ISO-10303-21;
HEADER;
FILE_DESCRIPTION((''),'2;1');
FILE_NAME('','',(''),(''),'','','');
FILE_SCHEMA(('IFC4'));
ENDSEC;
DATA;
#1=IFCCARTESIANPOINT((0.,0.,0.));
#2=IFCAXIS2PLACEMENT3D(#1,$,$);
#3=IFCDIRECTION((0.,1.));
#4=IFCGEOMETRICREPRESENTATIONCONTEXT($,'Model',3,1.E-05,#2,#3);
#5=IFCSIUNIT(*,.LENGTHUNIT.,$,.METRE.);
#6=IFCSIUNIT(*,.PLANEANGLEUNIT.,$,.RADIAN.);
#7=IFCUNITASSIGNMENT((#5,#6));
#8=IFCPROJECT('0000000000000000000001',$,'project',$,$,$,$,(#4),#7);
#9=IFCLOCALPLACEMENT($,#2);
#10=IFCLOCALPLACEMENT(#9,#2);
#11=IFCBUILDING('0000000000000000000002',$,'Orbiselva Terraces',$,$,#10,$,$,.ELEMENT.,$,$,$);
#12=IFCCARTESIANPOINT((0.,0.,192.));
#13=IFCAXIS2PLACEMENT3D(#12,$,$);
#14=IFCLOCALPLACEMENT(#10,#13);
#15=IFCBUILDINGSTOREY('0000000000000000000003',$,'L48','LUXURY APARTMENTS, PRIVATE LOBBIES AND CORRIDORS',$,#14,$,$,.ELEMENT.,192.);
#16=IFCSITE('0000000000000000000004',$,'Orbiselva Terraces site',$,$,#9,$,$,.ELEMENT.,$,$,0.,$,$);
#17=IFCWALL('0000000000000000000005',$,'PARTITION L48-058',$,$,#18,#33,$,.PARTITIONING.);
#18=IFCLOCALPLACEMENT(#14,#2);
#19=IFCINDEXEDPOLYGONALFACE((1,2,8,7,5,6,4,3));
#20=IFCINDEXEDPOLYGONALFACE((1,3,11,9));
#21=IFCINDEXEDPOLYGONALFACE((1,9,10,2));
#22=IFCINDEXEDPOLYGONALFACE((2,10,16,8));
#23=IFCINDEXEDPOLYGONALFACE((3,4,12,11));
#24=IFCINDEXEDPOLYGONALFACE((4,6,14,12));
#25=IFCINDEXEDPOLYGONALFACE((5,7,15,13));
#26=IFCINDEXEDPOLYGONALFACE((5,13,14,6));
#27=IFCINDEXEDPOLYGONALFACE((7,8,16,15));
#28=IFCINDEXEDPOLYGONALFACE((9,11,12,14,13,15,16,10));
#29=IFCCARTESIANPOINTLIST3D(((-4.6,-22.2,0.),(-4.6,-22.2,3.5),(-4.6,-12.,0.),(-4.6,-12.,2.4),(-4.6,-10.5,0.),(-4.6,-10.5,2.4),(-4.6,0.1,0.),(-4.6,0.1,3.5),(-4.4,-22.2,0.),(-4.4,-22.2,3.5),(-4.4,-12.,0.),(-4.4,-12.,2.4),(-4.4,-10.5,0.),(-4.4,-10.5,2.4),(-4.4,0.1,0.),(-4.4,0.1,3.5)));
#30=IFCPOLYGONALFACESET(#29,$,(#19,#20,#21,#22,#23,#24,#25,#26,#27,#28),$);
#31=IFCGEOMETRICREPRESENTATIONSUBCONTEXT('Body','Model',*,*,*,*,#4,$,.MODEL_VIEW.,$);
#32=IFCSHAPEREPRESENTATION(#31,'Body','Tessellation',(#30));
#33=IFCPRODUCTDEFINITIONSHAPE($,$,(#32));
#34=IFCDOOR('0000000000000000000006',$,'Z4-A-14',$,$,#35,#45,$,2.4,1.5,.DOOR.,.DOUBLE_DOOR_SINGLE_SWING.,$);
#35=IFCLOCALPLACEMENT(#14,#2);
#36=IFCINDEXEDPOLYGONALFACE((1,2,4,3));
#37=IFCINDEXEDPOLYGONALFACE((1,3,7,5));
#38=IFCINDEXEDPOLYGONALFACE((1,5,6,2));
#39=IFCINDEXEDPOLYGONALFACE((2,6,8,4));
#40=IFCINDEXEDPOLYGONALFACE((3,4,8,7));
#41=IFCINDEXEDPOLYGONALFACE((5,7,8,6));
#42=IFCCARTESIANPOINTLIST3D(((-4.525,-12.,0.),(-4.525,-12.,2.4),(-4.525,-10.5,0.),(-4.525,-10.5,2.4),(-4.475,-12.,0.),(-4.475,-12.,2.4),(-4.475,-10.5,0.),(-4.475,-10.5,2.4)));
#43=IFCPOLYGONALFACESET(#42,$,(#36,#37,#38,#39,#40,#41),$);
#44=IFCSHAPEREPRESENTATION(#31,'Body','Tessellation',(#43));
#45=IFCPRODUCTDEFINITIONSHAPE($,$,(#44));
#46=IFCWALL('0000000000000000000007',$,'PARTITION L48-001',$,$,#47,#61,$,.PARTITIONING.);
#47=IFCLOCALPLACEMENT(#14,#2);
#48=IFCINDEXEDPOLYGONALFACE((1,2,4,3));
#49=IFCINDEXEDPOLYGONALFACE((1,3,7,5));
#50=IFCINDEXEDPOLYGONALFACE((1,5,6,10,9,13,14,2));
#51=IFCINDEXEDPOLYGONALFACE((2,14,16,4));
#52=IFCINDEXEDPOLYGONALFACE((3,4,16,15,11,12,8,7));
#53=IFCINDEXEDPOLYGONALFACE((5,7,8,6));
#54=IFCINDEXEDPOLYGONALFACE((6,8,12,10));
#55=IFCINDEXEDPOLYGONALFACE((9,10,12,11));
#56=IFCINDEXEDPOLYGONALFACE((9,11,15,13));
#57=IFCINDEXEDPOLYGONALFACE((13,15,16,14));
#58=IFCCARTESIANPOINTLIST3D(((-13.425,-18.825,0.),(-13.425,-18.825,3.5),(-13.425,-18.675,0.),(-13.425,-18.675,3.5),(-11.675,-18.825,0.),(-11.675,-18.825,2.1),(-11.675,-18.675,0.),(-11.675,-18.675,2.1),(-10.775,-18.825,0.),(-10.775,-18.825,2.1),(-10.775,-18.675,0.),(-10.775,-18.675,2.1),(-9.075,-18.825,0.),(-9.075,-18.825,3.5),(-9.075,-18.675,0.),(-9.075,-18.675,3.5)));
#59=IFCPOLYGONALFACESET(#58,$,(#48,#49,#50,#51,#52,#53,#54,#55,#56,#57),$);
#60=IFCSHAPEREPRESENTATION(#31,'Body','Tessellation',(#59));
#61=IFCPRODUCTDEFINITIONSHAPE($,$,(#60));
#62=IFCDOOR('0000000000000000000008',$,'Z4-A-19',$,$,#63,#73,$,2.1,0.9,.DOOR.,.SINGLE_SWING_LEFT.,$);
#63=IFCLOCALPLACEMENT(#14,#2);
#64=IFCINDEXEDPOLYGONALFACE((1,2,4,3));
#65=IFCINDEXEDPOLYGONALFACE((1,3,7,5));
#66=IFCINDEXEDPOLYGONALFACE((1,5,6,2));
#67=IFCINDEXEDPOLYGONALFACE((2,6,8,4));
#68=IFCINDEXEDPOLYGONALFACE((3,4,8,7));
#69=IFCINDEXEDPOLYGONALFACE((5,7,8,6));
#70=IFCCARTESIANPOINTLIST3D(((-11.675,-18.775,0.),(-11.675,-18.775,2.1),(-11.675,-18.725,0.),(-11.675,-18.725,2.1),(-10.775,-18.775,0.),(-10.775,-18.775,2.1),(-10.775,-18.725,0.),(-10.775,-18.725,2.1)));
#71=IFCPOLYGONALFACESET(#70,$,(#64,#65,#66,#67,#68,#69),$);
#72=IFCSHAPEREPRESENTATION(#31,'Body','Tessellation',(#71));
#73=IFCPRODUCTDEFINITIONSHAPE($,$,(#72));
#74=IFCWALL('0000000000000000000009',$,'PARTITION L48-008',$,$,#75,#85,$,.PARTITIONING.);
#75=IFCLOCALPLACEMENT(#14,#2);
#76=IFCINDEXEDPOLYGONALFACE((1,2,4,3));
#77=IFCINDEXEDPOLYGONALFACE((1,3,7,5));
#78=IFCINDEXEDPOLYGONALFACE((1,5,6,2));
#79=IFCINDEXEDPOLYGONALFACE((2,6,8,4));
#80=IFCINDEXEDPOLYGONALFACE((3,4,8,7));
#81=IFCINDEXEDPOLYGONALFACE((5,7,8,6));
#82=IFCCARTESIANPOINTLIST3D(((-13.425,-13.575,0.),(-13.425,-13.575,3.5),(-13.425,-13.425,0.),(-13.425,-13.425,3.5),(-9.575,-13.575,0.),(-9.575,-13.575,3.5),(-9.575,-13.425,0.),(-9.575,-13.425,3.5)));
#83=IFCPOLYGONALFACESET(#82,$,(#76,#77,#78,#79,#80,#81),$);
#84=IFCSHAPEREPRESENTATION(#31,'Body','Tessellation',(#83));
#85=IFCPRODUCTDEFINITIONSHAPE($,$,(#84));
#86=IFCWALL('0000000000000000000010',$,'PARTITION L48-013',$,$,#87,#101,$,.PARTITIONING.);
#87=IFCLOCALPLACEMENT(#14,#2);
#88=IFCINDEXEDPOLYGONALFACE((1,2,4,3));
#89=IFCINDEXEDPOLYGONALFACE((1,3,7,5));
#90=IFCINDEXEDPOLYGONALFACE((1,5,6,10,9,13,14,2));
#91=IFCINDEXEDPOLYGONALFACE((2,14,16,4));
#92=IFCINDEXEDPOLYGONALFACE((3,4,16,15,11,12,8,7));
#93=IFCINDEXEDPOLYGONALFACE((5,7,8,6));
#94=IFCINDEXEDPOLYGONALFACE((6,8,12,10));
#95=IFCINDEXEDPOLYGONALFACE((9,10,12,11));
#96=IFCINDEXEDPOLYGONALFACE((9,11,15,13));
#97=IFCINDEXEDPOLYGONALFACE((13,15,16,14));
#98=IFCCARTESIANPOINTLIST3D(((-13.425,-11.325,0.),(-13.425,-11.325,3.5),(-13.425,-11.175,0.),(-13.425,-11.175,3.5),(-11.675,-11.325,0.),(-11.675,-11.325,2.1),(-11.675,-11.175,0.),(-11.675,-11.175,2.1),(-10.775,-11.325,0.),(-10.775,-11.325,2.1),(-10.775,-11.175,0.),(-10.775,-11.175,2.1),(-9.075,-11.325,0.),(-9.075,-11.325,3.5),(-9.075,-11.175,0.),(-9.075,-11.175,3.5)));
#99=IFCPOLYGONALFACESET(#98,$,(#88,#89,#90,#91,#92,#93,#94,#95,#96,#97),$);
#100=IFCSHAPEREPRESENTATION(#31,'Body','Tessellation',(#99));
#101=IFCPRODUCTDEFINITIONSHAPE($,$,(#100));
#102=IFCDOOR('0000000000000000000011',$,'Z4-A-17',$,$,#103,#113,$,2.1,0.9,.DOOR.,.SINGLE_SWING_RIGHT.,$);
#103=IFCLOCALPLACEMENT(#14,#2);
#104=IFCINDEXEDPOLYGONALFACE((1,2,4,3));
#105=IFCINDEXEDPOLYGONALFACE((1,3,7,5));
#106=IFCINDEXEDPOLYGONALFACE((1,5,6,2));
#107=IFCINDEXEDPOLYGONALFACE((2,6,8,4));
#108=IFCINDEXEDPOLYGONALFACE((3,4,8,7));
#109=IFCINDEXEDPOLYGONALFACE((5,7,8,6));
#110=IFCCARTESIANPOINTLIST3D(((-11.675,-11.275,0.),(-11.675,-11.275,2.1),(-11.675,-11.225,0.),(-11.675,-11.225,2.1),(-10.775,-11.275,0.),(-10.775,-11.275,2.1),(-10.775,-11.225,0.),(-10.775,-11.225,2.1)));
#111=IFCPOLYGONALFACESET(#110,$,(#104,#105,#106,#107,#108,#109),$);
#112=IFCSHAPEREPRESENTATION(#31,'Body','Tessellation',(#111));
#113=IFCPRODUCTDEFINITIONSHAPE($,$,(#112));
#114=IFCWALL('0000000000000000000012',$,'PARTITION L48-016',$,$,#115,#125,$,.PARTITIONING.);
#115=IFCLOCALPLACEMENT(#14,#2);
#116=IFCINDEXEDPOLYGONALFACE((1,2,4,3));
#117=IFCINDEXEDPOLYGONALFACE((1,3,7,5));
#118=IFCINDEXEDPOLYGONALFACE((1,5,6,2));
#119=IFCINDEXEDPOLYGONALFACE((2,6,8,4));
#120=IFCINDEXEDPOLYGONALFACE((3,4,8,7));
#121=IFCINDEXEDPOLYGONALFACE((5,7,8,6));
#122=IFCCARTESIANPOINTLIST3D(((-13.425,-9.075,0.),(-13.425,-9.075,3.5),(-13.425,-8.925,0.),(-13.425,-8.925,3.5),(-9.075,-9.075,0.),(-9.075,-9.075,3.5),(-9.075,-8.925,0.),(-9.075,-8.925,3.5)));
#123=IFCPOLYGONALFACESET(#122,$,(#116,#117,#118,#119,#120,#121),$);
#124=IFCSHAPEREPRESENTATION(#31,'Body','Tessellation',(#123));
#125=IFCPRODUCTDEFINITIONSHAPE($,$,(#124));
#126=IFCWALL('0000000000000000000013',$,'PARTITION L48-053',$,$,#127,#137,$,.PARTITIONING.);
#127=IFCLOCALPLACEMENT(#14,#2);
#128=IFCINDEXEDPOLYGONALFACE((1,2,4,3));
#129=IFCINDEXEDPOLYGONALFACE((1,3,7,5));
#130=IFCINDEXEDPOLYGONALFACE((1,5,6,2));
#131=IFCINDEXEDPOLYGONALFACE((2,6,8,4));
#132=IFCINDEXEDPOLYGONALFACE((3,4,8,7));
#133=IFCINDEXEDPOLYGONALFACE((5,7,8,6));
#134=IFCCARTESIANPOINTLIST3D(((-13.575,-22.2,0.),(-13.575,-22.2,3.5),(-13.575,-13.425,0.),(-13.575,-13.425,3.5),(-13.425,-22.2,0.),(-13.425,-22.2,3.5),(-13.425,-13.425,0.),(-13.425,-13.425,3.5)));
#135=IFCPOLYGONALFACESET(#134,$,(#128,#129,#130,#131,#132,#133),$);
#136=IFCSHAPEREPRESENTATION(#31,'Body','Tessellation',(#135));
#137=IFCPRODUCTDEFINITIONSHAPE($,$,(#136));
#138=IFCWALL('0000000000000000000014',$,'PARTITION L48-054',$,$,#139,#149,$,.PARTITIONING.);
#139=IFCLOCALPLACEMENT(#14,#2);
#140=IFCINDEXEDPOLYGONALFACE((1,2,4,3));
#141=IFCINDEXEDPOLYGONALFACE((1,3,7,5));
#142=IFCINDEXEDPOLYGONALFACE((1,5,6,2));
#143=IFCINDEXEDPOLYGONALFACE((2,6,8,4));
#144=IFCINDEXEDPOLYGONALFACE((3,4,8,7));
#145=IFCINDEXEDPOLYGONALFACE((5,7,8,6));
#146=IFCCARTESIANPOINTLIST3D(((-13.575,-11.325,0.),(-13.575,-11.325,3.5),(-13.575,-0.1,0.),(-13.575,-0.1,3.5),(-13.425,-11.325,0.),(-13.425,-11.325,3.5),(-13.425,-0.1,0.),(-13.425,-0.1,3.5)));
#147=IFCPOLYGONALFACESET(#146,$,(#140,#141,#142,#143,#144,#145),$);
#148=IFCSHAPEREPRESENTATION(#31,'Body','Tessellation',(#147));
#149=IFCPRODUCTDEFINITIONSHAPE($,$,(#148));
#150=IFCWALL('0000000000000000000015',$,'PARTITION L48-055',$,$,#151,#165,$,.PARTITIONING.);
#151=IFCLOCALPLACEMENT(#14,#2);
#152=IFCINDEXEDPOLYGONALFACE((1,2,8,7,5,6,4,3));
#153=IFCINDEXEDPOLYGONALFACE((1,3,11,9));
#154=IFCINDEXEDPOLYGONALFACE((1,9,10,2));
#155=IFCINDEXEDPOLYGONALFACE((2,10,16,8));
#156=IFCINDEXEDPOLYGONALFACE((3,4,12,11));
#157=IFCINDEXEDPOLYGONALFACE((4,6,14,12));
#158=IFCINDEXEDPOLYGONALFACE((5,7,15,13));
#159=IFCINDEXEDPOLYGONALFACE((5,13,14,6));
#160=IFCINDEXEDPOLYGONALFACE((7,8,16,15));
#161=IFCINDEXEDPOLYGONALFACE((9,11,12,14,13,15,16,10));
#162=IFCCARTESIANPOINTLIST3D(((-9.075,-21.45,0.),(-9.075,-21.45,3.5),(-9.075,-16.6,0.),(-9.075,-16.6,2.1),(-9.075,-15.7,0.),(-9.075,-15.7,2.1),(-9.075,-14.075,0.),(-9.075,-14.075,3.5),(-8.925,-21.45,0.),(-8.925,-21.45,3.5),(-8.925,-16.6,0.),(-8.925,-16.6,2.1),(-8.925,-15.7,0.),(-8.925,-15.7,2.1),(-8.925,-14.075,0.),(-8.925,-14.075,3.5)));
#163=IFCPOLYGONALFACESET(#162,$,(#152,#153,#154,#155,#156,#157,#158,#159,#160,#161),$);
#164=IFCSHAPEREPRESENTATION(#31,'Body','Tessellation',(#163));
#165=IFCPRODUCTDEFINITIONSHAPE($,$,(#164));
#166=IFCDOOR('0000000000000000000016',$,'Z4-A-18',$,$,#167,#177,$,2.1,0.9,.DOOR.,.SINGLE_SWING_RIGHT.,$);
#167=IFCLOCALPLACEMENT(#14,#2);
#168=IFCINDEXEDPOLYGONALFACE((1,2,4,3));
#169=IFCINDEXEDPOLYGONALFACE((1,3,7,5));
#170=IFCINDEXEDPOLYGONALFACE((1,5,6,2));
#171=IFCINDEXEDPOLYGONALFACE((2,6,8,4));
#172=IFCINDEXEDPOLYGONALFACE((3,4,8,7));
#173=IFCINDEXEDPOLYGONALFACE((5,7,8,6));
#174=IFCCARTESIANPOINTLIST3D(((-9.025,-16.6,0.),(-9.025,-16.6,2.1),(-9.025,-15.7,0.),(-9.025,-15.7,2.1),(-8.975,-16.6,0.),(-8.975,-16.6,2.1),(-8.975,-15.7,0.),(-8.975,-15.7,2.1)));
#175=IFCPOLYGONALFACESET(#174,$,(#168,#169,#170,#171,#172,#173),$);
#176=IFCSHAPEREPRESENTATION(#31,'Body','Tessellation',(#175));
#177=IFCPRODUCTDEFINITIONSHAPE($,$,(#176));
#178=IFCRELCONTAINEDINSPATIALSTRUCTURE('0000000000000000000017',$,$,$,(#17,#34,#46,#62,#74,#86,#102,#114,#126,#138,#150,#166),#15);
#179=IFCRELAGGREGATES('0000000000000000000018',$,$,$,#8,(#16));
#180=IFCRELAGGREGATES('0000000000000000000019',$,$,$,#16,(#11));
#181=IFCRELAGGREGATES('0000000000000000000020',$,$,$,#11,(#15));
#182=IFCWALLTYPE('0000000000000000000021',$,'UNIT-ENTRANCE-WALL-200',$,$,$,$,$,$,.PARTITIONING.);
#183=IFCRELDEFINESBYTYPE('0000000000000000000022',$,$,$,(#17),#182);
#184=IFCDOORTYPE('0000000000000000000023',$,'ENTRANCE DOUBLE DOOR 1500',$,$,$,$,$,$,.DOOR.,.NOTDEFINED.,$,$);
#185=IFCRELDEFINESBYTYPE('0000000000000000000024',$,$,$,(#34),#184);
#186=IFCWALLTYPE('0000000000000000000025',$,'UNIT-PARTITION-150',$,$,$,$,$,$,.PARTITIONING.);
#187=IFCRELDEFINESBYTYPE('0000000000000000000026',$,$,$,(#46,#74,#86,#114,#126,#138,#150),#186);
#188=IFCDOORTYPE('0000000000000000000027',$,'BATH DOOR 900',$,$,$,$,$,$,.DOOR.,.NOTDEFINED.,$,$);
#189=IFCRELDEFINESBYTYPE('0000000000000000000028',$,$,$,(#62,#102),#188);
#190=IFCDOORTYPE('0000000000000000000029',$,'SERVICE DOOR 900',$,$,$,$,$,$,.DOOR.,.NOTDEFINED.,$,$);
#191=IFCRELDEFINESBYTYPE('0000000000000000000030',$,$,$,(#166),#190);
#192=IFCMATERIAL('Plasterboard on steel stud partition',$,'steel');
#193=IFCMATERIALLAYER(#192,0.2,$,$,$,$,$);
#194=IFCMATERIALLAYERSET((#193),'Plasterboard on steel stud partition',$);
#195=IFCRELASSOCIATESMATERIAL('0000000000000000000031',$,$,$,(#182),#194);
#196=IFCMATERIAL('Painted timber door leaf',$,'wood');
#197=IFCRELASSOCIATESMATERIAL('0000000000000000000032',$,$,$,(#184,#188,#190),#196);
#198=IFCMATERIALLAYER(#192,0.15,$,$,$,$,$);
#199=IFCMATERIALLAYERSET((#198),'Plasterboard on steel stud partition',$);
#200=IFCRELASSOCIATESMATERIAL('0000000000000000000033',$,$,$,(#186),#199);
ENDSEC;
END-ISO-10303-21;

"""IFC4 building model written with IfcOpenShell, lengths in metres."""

from ifc_helpers import new_model, si_unit, direction, frame, frame_2d, origin, place, context, subcontext, project, spatial, rectangle, extrude, material, layer, layer_set, type_object, element, fill, save


model = new_model("IFC4")

# Units and contexts
model_context = context("Model", 3, precision=1e-05, world=origin(), true_north=direction((0.0, 1.0)))
body_context = subcontext(model_context, "Body", "Model", "MODEL_VIEW")
ifc_project = project(units=[si_unit("LENGTHUNIT", "METRE"), si_unit("PLANEANGLEUNIT", "RADIAN")], contexts=[model_context])

# Site, building, storey
site_placement = place(None, origin())
site = spatial("IfcSite", under=ifc_project, at=site_placement, Name="Orbiselva Terraces site", CompositionType="ELEMENT", RefElevation=0.0)
building_placement = place(site_placement, origin())
building = spatial("IfcBuilding", under=site, at=building_placement, Name="Orbiselva Terraces", CompositionType="ELEMENT")
storey_placement = place(building_placement, frame((0.0, 0.0, 192.0)))
storey = spatial("IfcBuildingStorey", under=building, at=storey_placement, Name="L48", Description="LUXURY APARTMENTS, PRIVATE LOBBIES AND CORRIDORS", CompositionType="ELEMENT", Elevation=192.0)

# Walls, openings, doors
ifc_material_1 = material(Name="Plasterboard on steel stud partition", Category="steel")
ifc_layer_1 = layer(ifc_material_1, 0.2)
ifc_layer_set_1 = layer_set([ifc_layer_1], Name="Plasterboard on steel stud partition")
wall_type_1 = type_object("IfcWallType", Name="UNIT-ENTRANCE-WALL-200", PredefinedType="PARTITIONING", material=ifc_layer_set_1)
wall_1_placement = place(storey_placement, frame((-4.5, -22.2, 0.0), z_axis=(0.0, 0.0, 1.0), x_axis=(0.0, 1.0, 0.0)))
wall_1 = element("IfcWall", 1, at=wall_1_placement, inside=storey, type_object=wall_type_1, Name="PARTITION L48-058", PredefinedType="PARTITIONING", context=body_context, shape_type="SweptSolid", body=[
    extrude(rectangle(XDim=22.3, YDim=0.2, at=frame_2d((11.15, 0.0))), origin(), (0.0, 0.0, 1.0), 3.5),
])
opening_1_placement = place(wall_1_placement, frame((10.2, 0.0, 0.0)))
opening_1 = element("IfcOpeningElement", 2, at=opening_1_placement, cuts=wall_1, PredefinedType="OPENING", context=body_context, shape_type="SweptSolid", body=[
    extrude(rectangle(XDim=1.5, YDim=2.4, at=frame_2d((0.75, 1.2))), frame((0.0, 0.11, 0.0), z_axis=(0.0, -1.0, 0.0), x_axis=(1.0, 0.0, 0.0)), (0.0, 0.0, 1.0), 0.22),
])
ifc_material_2 = material(Name="Painted timber door leaf", Category="wood")
door_type_1 = type_object("IfcDoorType", Name="ENTRANCE DOUBLE DOOR 1500", OperationType="NOTDEFINED", PredefinedType="DOOR", material=ifc_material_2)
door_1_placement = place(opening_1_placement, origin())
door_1 = element("IfcDoor", 3, at=door_1_placement, inside=storey, type_object=door_type_1, Name="Z4-A-14", OperationType="DOUBLE_DOOR_SINGLE_SWING", OverallHeight=2.4, OverallWidth=1.5, PredefinedType="DOOR", context=body_context, shape_type="SweptSolid", body=[
    extrude(rectangle(XDim=1.5, YDim=2.4, at=frame_2d((0.75, 1.2))), frame((0.0, 0.025, 0.0), z_axis=(0.0, -1.0, 0.0), x_axis=(1.0, 0.0, 0.0)), (0.0, 0.0, 1.0), 0.05),
])
fill(opening_1, door_1)
ifc_layer_2 = layer(ifc_material_1, 0.15)
ifc_layer_set_2 = layer_set([ifc_layer_2], Name="Plasterboard on steel stud partition")
wall_type_2 = type_object("IfcWallType", Name="UNIT-PARTITION-150", PredefinedType="PARTITIONING", material=ifc_layer_set_2)
wall_2_placement = place(storey_placement, frame((-9.075, -18.75, 0.0), z_axis=(0.0, 0.0, 1.0), x_axis=(-1.0, 0.0, 0.0)))
wall_2 = element("IfcWall", 4, at=wall_2_placement, inside=storey, type_object=wall_type_2, Name="PARTITION L48-001", PredefinedType="PARTITIONING", context=body_context, shape_type="SweptSolid", body=[
    extrude(rectangle(XDim=4.35, YDim=0.15, at=frame_2d((2.175, 0.0))), origin(), (0.0, 0.0, 1.0), 3.5),
])
opening_2_placement = place(wall_2_placement, frame((1.7, 0.0, 0.0)))
opening_2 = element("IfcOpeningElement", 5, at=opening_2_placement, cuts=wall_2, PredefinedType="OPENING", context=body_context, shape_type="SweptSolid", body=[
    extrude(rectangle(XDim=0.9, YDim=2.1, at=frame_2d((0.45, 1.05))), frame((0.0, 0.085, 0.0), z_axis=(0.0, -1.0, 0.0), x_axis=(1.0, 0.0, 0.0)), (0.0, 0.0, 1.0), 0.17),
])
door_type_2 = type_object("IfcDoorType", Name="BATH DOOR 900", OperationType="NOTDEFINED", PredefinedType="DOOR", material=ifc_material_2)
door_2_placement = place(opening_2_placement, origin())
door_2 = element("IfcDoor", 6, at=door_2_placement, inside=storey, type_object=door_type_2, Name="Z4-A-19", OperationType="SINGLE_SWING_LEFT", OverallHeight=2.1, OverallWidth=0.9, PredefinedType="DOOR", context=body_context, shape_type="SweptSolid", body=[
    extrude(rectangle(XDim=0.9, YDim=2.1, at=frame_2d((0.45, 1.05))), frame((0.0, 0.025, 0.0), z_axis=(0.0, -1.0, 0.0), x_axis=(1.0, 0.0, 0.0)), (0.0, 0.0, 1.0), 0.05),
])
fill(opening_2, door_2)

# Wall
wall_3_placement = place(storey_placement, frame((-13.425, -13.5, 0.0), z_axis=(0.0, 0.0, 1.0), x_axis=(1.0, 0.0, 0.0)))
element("IfcWall", 7, at=wall_3_placement, inside=storey, type_object=wall_type_2, Name="PARTITION L48-008", PredefinedType="PARTITIONING", context=body_context, shape_type="SweptSolid", body=[
    extrude(rectangle(XDim=3.85, YDim=0.15, at=frame_2d((1.925, 0.0))), origin(), (0.0, 0.0, 1.0), 3.5),
])

# Wall, opening, door
wall_4_placement = place(storey_placement, frame((-13.425, -11.25, 0.0), z_axis=(0.0, 0.0, 1.0), x_axis=(1.0, 0.0, 0.0)))
wall_4 = element("IfcWall", 8, at=wall_4_placement, inside=storey, type_object=wall_type_2, Name="PARTITION L48-013", PredefinedType="PARTITIONING", context=body_context, shape_type="SweptSolid", body=[
    extrude(rectangle(XDim=4.35, YDim=0.15, at=frame_2d((2.175, 0.0))), origin(), (0.0, 0.0, 1.0), 3.5),
])
opening_3_placement = place(wall_4_placement, frame((1.75, 0.0, 0.0)))
opening_3 = element("IfcOpeningElement", 9, at=opening_3_placement, cuts=wall_4, PredefinedType="OPENING", context=body_context, shape_type="SweptSolid", body=[
    extrude(rectangle(XDim=0.9, YDim=2.1, at=frame_2d((0.45, 1.05))), frame((0.0, 0.085, 0.0), z_axis=(0.0, -1.0, 0.0), x_axis=(1.0, 0.0, 0.0)), (0.0, 0.0, 1.0), 0.17),
])
door_3_placement = place(opening_3_placement, origin())
door_3 = element("IfcDoor", 10, at=door_3_placement, inside=storey, type_object=door_type_2, Name="Z4-A-17", OperationType="SINGLE_SWING_RIGHT", OverallHeight=2.1, OverallWidth=0.9, PredefinedType="DOOR", context=body_context, shape_type="SweptSolid", body=[
    extrude(rectangle(XDim=0.9, YDim=2.1, at=frame_2d((0.45, 1.05))), frame((0.0, 0.025, 0.0), z_axis=(0.0, -1.0, 0.0), x_axis=(1.0, 0.0, 0.0)), (0.0, 0.0, 1.0), 0.05),
])
fill(opening_3, door_3)

# Walls
wall_5_placement = place(storey_placement, frame((-13.425, -9.0, 0.0), z_axis=(0.0, 0.0, 1.0), x_axis=(1.0, 0.0, 0.0)))
element("IfcWall", 11, at=wall_5_placement, inside=storey, type_object=wall_type_2, Name="PARTITION L48-016", PredefinedType="PARTITIONING", context=body_context, shape_type="SweptSolid", body=[
    extrude(rectangle(XDim=4.35, YDim=0.15, at=frame_2d((2.175, 0.0))), origin(), (0.0, 0.0, 1.0), 3.5),
])
wall_6_placement = place(storey_placement, frame((-13.5, -22.2, 0.0), z_axis=(0.0, 0.0, 1.0), x_axis=(0.0, 1.0, 0.0)))
element("IfcWall", 12, at=wall_6_placement, inside=storey, type_object=wall_type_2, Name="PARTITION L48-053", PredefinedType="PARTITIONING", context=body_context, shape_type="SweptSolid", body=[
    extrude(rectangle(XDim=8.775, YDim=0.15, at=frame_2d((4.3875, 0.0))), origin(), (0.0, 0.0, 1.0), 3.5),
])
wall_7_placement = place(storey_placement, frame((-13.5, -11.325, 0.0), z_axis=(0.0, 0.0, 1.0), x_axis=(0.0, 1.0, 0.0)))
element("IfcWall", 13, at=wall_7_placement, inside=storey, type_object=wall_type_2, Name="PARTITION L48-054", PredefinedType="PARTITIONING", context=body_context, shape_type="SweptSolid", body=[
    extrude(rectangle(XDim=11.225, YDim=0.15, at=frame_2d((5.6125, 0.0))), origin(), (0.0, 0.0, 1.0), 3.5),
])

# Wall, opening, door
wall_8_placement = place(storey_placement, frame((-9.0, -21.45, 0.0), z_axis=(0.0, 0.0, 1.0), x_axis=(0.0, 1.0, 0.0)))
wall_8 = element("IfcWall", 14, at=wall_8_placement, inside=storey, type_object=wall_type_2, Name="PARTITION L48-055", PredefinedType="PARTITIONING", context=body_context, shape_type="SweptSolid", body=[
    extrude(rectangle(XDim=7.375, YDim=0.15, at=frame_2d((3.6875, 0.0))), origin(), (0.0, 0.0, 1.0), 3.5),
])
opening_4_placement = place(wall_8_placement, frame((4.85, 0.0, 0.0)))
opening_4 = element("IfcOpeningElement", 15, at=opening_4_placement, cuts=wall_8, PredefinedType="OPENING", context=body_context, shape_type="SweptSolid", body=[
    extrude(rectangle(XDim=0.9, YDim=2.1, at=frame_2d((0.45, 1.05))), frame((0.0, 0.085, 0.0), z_axis=(0.0, -1.0, 0.0), x_axis=(1.0, 0.0, 0.0)), (0.0, 0.0, 1.0), 0.17),
])
door_type_3 = type_object("IfcDoorType", Name="SERVICE DOOR 900", OperationType="NOTDEFINED", PredefinedType="DOOR", material=ifc_material_2)
door_4_placement = place(opening_4_placement, origin())
door_4 = element("IfcDoor", 16, at=door_4_placement, inside=storey, type_object=door_type_3, Name="Z4-A-18", OperationType="SINGLE_SWING_RIGHT", OverallHeight=2.1, OverallWidth=0.9, PredefinedType="DOOR", context=body_context, shape_type="SweptSolid", body=[
    extrude(rectangle(XDim=0.9, YDim=2.1, at=frame_2d((0.45, 1.05))), frame((0.0, 0.025, 0.0), z_axis=(0.0, -1.0, 0.0), x_axis=(1.0, 0.0, 0.0)), (0.0, 0.0, 1.0), 0.05),
])
fill(opening_4, door_4)

save(model, "model.ifc")
